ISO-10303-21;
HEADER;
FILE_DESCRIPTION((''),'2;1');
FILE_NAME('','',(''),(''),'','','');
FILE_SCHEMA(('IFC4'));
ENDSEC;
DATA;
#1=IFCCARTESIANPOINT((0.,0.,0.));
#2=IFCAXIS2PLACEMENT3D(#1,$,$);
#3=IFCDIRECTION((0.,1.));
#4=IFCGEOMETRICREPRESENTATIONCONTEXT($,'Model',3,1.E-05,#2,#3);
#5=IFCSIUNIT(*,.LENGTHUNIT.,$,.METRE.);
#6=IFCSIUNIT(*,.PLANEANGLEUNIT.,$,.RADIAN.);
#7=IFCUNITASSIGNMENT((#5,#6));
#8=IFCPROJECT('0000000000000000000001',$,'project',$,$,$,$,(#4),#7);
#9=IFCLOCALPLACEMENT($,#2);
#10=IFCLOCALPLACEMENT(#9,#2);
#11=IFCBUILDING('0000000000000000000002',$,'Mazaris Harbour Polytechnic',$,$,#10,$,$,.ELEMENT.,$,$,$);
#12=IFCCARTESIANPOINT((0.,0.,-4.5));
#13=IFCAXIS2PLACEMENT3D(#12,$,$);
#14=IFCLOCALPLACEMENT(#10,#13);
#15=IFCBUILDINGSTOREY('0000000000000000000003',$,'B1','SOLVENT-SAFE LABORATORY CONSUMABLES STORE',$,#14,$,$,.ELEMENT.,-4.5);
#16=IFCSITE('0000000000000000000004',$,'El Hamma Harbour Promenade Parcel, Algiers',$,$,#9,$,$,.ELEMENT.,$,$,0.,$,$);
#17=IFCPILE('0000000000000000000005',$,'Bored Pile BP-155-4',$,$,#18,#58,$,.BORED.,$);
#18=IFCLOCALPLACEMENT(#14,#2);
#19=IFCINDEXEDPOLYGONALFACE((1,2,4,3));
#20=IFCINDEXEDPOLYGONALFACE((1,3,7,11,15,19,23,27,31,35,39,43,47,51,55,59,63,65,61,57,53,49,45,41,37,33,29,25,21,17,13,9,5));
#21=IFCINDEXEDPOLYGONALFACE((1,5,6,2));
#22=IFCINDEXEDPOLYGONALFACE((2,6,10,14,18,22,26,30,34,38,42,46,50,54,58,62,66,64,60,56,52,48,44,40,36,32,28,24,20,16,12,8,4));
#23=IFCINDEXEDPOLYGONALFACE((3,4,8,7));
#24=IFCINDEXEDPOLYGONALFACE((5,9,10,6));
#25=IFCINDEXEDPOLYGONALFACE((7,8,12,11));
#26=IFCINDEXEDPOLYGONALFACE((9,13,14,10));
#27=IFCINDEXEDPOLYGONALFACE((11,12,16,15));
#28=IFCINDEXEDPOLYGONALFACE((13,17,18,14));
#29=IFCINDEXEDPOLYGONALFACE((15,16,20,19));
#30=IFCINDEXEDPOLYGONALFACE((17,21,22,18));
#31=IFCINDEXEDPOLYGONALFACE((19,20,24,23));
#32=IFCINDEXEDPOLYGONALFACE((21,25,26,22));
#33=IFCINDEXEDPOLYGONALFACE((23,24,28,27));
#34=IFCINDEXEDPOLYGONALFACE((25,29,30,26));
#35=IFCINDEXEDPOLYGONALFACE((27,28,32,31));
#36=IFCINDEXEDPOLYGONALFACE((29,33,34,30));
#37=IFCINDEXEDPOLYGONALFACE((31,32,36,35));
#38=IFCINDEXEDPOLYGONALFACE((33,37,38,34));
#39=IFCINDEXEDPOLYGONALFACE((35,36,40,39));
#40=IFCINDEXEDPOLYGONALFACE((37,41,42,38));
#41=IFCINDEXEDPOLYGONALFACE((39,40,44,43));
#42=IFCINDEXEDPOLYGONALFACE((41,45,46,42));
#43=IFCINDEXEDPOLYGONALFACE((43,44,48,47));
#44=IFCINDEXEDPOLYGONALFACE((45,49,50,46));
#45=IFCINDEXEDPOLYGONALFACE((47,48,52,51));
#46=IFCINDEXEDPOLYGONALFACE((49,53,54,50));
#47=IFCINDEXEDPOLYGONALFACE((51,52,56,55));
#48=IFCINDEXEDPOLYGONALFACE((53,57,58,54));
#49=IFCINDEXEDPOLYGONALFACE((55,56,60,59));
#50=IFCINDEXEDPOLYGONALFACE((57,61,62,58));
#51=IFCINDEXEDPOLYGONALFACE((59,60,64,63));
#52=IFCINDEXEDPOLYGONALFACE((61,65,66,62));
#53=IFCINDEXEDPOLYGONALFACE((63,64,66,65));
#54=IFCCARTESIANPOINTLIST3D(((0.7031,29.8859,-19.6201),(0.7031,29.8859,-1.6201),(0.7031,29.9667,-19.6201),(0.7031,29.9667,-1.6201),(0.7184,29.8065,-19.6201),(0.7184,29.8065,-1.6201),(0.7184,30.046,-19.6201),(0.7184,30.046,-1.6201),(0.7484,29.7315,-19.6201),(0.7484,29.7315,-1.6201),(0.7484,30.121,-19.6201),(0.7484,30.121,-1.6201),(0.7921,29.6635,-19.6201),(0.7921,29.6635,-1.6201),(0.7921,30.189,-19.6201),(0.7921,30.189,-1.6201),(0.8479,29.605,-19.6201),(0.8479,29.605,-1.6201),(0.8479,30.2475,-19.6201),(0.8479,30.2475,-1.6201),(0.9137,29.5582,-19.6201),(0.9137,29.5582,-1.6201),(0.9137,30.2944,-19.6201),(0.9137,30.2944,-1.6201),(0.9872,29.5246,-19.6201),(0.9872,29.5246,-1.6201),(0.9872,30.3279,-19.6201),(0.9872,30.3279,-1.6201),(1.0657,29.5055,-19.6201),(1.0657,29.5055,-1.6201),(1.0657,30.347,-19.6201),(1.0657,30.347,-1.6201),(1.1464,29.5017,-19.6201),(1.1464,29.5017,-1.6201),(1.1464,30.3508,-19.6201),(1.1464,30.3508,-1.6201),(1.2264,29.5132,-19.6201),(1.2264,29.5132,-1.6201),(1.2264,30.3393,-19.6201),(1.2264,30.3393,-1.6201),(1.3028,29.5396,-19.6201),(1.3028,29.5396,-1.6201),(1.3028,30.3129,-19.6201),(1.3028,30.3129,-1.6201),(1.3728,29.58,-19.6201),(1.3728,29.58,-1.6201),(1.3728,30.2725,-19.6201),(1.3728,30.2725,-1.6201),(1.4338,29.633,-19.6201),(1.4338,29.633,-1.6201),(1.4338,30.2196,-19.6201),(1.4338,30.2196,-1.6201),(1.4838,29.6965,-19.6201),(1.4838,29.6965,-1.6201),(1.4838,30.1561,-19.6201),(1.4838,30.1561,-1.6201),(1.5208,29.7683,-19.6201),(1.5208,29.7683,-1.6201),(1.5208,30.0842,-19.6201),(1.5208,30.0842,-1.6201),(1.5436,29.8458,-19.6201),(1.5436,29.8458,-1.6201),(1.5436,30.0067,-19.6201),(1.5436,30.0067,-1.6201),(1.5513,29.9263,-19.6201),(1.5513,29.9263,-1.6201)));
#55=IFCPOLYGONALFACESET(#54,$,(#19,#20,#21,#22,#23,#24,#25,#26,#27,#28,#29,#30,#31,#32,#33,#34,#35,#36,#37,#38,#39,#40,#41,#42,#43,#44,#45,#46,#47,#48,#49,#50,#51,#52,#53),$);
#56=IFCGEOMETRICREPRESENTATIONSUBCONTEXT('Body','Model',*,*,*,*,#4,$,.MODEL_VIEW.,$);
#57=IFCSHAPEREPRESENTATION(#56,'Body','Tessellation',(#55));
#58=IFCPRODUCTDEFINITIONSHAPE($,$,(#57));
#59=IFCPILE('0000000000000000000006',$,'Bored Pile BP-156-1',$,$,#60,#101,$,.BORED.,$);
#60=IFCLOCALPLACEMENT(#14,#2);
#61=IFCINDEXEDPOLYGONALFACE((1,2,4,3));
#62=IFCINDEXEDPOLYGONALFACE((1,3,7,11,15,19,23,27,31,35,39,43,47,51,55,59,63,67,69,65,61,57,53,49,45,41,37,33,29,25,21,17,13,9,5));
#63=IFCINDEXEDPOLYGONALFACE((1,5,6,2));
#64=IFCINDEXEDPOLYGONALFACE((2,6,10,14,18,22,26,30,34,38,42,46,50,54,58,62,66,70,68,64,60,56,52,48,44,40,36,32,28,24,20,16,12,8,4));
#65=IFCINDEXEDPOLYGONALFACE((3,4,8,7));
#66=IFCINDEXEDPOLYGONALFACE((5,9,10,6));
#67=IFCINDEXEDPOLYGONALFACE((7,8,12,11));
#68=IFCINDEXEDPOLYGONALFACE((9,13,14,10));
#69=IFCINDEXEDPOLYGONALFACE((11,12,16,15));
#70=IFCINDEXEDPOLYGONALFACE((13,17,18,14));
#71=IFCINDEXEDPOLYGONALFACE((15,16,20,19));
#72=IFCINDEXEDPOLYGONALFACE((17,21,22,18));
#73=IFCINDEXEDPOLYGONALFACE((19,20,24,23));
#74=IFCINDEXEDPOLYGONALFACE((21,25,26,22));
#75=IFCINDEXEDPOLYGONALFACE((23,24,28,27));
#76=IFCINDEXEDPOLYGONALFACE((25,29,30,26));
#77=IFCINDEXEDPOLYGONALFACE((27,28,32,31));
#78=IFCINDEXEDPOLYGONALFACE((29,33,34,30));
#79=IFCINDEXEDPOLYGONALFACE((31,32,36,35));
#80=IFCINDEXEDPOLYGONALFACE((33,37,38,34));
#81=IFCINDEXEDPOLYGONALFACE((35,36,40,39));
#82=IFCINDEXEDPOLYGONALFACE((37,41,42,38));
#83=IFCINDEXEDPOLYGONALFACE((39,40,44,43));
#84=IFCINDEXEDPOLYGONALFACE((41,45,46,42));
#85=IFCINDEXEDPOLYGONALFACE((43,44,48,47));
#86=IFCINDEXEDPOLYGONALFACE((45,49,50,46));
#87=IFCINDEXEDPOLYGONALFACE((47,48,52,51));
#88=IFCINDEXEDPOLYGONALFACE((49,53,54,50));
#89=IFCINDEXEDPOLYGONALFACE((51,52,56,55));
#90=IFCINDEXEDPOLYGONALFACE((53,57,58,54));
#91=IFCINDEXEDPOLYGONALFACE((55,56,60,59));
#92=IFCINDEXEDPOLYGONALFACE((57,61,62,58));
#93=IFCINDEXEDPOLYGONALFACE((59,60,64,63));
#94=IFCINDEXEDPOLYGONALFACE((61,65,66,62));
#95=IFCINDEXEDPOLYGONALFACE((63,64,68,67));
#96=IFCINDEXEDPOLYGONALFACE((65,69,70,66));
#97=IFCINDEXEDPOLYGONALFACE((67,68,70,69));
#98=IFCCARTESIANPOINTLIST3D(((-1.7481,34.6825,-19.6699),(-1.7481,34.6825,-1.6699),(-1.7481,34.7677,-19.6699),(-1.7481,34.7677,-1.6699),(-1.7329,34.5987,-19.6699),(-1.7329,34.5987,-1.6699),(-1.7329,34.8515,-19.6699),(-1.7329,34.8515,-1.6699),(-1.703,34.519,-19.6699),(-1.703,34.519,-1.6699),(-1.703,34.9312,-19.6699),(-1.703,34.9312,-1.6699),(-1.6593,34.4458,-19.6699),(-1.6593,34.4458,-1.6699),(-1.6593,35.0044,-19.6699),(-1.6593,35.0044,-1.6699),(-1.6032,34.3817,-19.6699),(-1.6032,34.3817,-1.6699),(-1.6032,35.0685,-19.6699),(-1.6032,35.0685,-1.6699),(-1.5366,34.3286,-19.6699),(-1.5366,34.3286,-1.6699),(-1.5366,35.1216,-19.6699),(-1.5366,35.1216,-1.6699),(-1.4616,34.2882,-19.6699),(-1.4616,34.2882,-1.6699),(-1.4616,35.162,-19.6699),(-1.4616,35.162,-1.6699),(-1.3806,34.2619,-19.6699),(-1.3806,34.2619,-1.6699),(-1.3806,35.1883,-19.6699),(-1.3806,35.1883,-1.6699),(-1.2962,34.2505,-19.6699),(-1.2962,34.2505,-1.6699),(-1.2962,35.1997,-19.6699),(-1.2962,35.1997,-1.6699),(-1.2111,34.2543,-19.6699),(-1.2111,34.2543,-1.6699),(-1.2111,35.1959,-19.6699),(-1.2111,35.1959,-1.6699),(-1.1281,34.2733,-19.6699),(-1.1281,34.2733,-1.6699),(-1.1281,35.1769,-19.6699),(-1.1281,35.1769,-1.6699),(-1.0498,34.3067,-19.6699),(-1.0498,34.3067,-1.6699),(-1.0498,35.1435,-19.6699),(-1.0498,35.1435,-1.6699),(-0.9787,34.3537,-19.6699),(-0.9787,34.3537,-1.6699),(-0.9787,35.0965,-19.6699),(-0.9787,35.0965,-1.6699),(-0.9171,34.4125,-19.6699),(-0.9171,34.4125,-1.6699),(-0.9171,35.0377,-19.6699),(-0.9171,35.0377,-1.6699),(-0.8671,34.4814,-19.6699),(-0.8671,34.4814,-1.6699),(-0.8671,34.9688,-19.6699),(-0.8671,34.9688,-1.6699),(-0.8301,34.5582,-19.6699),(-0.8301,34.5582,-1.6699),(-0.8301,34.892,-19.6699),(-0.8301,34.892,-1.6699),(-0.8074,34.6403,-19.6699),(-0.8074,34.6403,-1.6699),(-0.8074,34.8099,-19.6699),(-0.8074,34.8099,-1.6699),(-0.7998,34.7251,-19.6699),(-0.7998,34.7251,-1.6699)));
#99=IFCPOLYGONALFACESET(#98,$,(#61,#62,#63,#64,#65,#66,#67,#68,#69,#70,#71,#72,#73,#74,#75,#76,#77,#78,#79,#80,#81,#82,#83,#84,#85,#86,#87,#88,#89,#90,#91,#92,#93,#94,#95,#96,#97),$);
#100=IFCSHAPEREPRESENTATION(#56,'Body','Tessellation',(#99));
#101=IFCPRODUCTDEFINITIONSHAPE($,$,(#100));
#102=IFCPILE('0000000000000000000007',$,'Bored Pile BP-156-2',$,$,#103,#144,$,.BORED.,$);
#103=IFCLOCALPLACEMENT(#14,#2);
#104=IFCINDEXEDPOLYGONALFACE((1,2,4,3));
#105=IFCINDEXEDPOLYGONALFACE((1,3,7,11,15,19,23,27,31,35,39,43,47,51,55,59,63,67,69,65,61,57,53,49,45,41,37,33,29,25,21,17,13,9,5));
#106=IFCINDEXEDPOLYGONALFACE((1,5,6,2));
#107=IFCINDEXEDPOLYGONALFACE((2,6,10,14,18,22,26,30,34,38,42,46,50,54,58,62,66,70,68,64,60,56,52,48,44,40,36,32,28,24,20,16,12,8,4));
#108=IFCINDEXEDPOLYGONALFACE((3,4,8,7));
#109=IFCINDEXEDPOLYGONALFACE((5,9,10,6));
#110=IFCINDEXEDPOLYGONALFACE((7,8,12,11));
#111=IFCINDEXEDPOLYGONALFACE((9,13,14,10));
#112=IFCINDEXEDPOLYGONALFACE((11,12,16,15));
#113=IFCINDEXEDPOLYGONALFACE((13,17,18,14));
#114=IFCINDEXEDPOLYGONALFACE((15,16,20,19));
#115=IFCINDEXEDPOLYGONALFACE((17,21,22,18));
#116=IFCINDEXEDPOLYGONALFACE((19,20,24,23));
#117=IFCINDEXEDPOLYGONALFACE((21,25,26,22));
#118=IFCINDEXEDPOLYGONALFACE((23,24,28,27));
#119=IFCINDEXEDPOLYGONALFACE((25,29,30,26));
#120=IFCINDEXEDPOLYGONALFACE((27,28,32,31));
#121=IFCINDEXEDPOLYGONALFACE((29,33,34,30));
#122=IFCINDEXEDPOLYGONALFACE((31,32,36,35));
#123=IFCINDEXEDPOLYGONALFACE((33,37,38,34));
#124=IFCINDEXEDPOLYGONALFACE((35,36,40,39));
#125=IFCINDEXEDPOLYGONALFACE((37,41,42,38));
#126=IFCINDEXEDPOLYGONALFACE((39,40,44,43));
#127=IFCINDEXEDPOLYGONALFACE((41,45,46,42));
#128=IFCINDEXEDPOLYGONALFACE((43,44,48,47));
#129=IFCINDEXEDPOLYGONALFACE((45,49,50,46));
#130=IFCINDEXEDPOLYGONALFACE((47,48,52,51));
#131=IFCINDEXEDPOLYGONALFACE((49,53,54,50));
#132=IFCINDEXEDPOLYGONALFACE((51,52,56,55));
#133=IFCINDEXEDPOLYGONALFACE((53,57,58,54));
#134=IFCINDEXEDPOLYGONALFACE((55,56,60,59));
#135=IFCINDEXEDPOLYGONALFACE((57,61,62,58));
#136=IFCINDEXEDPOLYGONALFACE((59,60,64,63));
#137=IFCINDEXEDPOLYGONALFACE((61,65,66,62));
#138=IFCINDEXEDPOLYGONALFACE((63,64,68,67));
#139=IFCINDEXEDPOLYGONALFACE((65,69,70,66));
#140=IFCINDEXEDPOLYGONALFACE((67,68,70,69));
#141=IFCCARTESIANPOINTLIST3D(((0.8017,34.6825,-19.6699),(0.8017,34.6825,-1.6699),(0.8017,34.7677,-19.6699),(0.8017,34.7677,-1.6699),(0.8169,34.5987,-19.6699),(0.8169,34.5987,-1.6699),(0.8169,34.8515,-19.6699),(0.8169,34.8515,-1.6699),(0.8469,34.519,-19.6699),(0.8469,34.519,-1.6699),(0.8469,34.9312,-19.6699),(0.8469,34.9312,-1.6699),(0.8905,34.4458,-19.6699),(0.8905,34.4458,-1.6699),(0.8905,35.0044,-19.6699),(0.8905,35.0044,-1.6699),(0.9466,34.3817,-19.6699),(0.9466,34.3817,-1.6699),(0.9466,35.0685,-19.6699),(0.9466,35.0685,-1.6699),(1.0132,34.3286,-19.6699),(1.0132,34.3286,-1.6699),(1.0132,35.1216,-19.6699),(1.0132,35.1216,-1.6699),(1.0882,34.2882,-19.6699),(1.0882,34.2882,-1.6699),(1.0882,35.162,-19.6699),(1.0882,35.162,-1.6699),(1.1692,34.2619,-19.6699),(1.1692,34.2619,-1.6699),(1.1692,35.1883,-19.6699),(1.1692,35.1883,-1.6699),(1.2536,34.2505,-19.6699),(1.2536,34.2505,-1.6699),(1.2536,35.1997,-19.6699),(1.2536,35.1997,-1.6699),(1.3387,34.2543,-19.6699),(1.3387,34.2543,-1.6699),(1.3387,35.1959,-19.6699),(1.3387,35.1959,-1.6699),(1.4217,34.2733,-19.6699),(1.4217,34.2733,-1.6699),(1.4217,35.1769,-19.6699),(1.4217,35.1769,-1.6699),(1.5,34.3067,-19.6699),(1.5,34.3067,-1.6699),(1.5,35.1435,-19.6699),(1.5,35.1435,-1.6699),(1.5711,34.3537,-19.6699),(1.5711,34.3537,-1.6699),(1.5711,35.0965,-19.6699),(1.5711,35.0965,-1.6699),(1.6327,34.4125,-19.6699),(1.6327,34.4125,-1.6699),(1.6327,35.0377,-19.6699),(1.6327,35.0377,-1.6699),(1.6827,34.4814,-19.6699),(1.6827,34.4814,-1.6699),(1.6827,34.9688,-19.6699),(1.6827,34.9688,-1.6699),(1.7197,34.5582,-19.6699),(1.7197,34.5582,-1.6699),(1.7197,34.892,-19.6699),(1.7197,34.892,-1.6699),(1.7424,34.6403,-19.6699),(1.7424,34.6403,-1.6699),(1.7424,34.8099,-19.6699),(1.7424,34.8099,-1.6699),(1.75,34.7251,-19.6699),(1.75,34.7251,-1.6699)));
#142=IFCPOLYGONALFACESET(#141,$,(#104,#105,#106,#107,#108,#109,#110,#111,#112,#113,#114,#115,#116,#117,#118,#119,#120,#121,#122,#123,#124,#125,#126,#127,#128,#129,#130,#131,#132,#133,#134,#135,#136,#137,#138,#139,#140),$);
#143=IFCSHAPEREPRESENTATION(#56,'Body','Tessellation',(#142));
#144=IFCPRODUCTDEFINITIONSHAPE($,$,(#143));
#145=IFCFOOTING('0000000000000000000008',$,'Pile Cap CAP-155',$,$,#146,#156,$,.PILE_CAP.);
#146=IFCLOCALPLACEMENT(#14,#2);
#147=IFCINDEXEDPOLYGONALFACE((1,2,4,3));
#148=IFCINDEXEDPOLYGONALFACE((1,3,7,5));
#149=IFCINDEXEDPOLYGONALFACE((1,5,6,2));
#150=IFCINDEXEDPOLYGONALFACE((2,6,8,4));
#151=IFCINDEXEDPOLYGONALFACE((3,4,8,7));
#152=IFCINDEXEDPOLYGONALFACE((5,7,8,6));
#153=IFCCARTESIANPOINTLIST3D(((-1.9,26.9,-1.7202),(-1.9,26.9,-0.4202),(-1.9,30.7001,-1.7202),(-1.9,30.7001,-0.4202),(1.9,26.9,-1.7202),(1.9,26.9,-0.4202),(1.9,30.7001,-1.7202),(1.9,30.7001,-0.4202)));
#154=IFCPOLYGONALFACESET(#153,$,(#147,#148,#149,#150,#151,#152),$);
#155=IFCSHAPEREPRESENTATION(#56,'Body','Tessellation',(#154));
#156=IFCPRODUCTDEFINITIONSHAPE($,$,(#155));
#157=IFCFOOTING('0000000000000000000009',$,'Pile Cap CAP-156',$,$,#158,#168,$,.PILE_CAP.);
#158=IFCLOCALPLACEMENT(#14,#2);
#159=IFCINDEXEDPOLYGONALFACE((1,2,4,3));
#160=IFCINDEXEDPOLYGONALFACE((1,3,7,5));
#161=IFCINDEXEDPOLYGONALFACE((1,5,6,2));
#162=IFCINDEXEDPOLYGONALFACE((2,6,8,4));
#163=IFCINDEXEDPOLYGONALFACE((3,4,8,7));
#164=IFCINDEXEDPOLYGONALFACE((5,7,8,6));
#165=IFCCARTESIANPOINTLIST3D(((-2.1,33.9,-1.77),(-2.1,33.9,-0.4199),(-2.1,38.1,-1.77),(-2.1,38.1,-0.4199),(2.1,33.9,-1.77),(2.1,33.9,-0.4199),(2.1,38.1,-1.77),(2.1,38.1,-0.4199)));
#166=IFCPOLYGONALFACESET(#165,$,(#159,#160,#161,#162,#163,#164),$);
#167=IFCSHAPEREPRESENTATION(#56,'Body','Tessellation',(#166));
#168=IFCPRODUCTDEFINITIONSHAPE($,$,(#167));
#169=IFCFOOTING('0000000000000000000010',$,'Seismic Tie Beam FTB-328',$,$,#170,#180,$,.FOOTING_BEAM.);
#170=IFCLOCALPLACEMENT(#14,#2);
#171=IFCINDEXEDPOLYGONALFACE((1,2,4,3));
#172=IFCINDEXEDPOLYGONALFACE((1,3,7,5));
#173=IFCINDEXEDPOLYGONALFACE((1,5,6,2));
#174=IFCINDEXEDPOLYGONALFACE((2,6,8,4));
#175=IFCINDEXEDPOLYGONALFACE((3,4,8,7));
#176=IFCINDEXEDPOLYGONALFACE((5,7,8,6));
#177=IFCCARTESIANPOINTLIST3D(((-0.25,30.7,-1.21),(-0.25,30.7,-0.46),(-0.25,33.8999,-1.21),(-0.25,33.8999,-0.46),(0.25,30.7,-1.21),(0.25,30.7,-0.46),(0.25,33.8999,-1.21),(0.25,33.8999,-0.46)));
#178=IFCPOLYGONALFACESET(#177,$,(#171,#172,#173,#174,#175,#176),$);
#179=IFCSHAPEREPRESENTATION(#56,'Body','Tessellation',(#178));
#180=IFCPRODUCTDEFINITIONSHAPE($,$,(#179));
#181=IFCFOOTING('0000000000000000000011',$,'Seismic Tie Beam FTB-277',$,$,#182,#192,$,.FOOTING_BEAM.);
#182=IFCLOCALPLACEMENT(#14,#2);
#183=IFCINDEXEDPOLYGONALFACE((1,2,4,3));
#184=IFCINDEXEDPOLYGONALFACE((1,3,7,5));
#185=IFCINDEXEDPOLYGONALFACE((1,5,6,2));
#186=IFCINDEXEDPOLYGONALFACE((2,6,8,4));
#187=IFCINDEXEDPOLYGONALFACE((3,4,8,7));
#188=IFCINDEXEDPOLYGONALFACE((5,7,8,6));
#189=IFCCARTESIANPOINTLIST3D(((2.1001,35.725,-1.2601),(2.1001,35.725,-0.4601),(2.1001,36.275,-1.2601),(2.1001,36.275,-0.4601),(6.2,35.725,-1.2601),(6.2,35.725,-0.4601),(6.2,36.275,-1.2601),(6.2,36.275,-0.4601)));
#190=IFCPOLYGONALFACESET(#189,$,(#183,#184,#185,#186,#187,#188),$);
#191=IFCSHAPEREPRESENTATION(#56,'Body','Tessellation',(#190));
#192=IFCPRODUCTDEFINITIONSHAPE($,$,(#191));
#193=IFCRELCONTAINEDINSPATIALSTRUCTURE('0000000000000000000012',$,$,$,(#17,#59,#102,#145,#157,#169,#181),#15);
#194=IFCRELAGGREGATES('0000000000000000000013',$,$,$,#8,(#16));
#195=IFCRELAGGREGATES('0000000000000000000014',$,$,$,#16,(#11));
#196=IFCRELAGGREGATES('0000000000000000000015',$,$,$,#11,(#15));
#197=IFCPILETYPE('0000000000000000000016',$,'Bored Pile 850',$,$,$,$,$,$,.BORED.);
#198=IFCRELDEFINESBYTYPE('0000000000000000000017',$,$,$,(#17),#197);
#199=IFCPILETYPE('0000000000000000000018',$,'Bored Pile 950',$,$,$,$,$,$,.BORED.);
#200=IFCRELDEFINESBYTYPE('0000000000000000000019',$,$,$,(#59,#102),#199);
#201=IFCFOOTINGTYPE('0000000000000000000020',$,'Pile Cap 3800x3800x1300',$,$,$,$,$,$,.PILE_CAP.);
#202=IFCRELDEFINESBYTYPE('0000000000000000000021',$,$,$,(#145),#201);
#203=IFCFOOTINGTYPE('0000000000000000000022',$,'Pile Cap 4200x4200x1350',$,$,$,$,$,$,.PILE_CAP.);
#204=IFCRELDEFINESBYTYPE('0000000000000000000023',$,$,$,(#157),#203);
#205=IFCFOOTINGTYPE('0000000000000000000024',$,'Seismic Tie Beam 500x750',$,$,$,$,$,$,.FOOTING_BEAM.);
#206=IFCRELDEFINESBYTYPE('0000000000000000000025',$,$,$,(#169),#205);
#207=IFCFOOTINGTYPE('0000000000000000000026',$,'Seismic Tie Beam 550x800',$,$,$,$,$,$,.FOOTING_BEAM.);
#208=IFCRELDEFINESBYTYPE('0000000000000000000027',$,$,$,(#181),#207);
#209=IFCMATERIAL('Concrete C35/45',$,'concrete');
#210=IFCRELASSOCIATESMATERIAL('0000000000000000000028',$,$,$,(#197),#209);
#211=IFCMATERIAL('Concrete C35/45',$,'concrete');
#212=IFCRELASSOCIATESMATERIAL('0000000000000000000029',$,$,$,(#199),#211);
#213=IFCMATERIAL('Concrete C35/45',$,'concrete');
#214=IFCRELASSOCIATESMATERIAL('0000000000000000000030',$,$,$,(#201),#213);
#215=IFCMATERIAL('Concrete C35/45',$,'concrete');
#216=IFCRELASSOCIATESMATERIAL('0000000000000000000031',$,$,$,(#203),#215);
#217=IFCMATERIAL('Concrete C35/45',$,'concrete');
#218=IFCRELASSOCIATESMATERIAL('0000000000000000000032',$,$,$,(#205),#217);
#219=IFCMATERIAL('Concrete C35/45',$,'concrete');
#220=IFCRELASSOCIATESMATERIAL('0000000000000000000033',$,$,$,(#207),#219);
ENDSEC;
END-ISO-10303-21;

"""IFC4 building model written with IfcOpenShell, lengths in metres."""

from ifc_helpers import new_model, si_unit, direction, frame, origin, origin_2d, place, context, subcontext, project, spatial, rectangle, circle, extrude, material, material_profile, profile_set, type_object, element, save


model = new_model("IFC4")

# Units and contexts
model_context = context("Model", 3, precision=1e-05, world=origin(), true_north=direction((0.0, 1.0)))
body_context = subcontext(model_context, "Body", "Model", "MODEL_VIEW")
ifc_project = project(units=[si_unit("LENGTHUNIT", "METRE"), si_unit("PLANEANGLEUNIT", "RADIAN")], contexts=[model_context])

# Site, building, storey
site_placement = place(None, origin())
site = spatial("IfcSite", under=ifc_project, at=site_placement, Name="El Hamma Harbour Promenade Parcel, Algiers", CompositionType="ELEMENT", RefElevation=0.0)
building_placement = place(site_placement, origin())
building = spatial("IfcBuilding", under=site, at=building_placement, Name="Mazaris Harbour Polytechnic", CompositionType="ELEMENT")
storey_placement = place(building_placement, frame((0.0, 0.0, -4.5)))
storey = spatial("IfcBuildingStorey", under=building, at=storey_placement, Name="B1", Description="SOLVENT-SAFE LABORATORY CONSUMABLES STORE", CompositionType="ELEMENT", Elevation=-4.5)

# Piles
ifc_material_1 = material(Name="Concrete C35/45", Category="concrete")
ifc_material_profile_1 = material_profile(ifc_material_1, circle(Radius=0.425, at=origin_2d()), Name="DIA850")
ifc_profile_set_1 = profile_set([ifc_material_profile_1], Name="Concrete C35/45")
pile_type_1 = type_object("IfcPileType", Name="Bored Pile 850", PredefinedType="BORED", material=ifc_profile_set_1)
for number, where, z_axis, x_axis, name in (
    (1, (1.1262, 29.9263, -1.6201), (0.0, 0.0, -1.0), (1.0, 0.0, 0.0), "Bored Pile BP-155-4"),
):
    element("IfcPile", number, at=place(storey_placement, frame(where, z_axis=z_axis, x_axis=x_axis)), inside=storey, type_object=pile_type_1, Name=name, PredefinedType="BORED", context=body_context, shape_type="SweptSolid", body=[
        extrude(circle(Radius=0.425, at=origin_2d()), origin(), (0.0, 0.0, 1.0), 18.0),
    ])
ifc_material_2 = material(Name="Concrete C35/45", Category="concrete")
ifc_material_profile_2 = material_profile(ifc_material_2, circle(Radius=0.4751, at=origin_2d()), Name="DIA950")
ifc_profile_set_2 = profile_set([ifc_material_profile_2], Name="Concrete C35/45")
pile_type_2 = type_object("IfcPileType", Name="Bored Pile 950", PredefinedType="BORED", material=ifc_profile_set_2)
for number, where, z_axis, x_axis, name in (
    (2, (-1.2749, 34.7251, -1.6699), (0.0, 0.0, -1.0), (1.0, 0.0, 0.0), "Bored Pile BP-156-1"),
    (3, (1.2749, 34.7251, -1.6699), (0.0, 0.0, -1.0), (1.0, 0.0, 0.0), "Bored Pile BP-156-2"),
):
    element("IfcPile", number, at=place(storey_placement, frame(where, z_axis=z_axis, x_axis=x_axis)), inside=storey, type_object=pile_type_2, Name=name, PredefinedType="BORED", context=body_context, shape_type="SweptSolid", body=[
        extrude(circle(Radius=0.4751, at=origin_2d()), origin(), (0.0, 0.0, 1.0), 18.0),
    ])

# Footings
ifc_material_3 = material(Name="Concrete C35/45", Category="concrete")
footing_type_1 = type_object("IfcFootingType", Name="Pile Cap 3800x3800x1300", PredefinedType="PILE_CAP", material=ifc_material_3)
footing_1_placement = place(storey_placement, frame((0.0, 28.8, -1.7202), z_axis=(0.0, 0.0, 1.0), x_axis=(1.0, 0.0, 0.0)))
element("IfcFooting", 4, at=footing_1_placement, inside=storey, type_object=footing_type_1, Name="Pile Cap CAP-155", PredefinedType="PILE_CAP", context=body_context, shape_type="SweptSolid", body=[
    extrude(rectangle(XDim=3.8, YDim=3.8, at=origin_2d()), origin(), (0.0, 0.0, 1.0), 1.3),
])
ifc_material_4 = material(Name="Concrete C35/45", Category="concrete")
footing_type_2 = type_object("IfcFootingType", Name="Pile Cap 4200x4200x1350", PredefinedType="PILE_CAP", material=ifc_material_4)
footing_2_placement = place(storey_placement, frame((0.0, 36.0, -1.77), z_axis=(0.0, 0.0, 1.0), x_axis=(1.0, 0.0, 0.0)))
element("IfcFooting", 5, at=footing_2_placement, inside=storey, type_object=footing_type_2, Name="Pile Cap CAP-156", PredefinedType="PILE_CAP", context=body_context, shape_type="SweptSolid", body=[
    extrude(rectangle(XDim=4.2, YDim=4.2, at=origin_2d()), origin(), (0.0, 0.0, 1.0), 1.3501),
])
ifc_material_5 = material(Name="Concrete C35/45", Category="concrete")
ifc_material_profile_3 = material_profile(ifc_material_5, rectangle(XDim=0.5, YDim=0.75, at=origin_2d()), Name="RECT500x750")
ifc_profile_set_3 = profile_set([ifc_material_profile_3], Name="Concrete C35/45")
footing_type_3 = type_object("IfcFootingType", Name="Seismic Tie Beam 500x750", PredefinedType="FOOTING_BEAM", material=ifc_profile_set_3)
footing_3_placement = place(storey_placement, frame((0.0, 30.7, -0.835), z_axis=(0.0, 1.0, 0.0), x_axis=(-1.0, 0.0, 0.0)))
element("IfcFooting", 6, at=footing_3_placement, inside=storey, type_object=footing_type_3, Name="Seismic Tie Beam FTB-328", PredefinedType="FOOTING_BEAM", context=body_context, shape_type="SweptSolid", body=[
    extrude(rectangle(XDim=0.5, YDim=0.75, at=origin_2d()), origin(), (0.0, 0.0, 1.0), 3.2),
])
ifc_material_6 = material(Name="Concrete C35/45", Category="concrete")
ifc_material_profile_4 = material_profile(ifc_material_6, rectangle(XDim=0.55, YDim=0.8, at=origin_2d()), Name="RECT550x800")
ifc_profile_set_4 = profile_set([ifc_material_profile_4], Name="Concrete C35/45")
footing_type_4 = type_object("IfcFootingType", Name="Seismic Tie Beam 550x800", PredefinedType="FOOTING_BEAM", material=ifc_profile_set_4)
footing_4_placement = place(storey_placement, frame((2.1001, 36.0, -0.8601), z_axis=(1.0, 0.0, 0.0), x_axis=(0.0, 1.0, 0.0)))
element("IfcFooting", 7, at=footing_4_placement, inside=storey, type_object=footing_type_4, Name="Seismic Tie Beam FTB-277", PredefinedType="FOOTING_BEAM", context=body_context, shape_type="SweptSolid", body=[
    extrude(rectangle(XDim=0.55, YDim=0.8, at=origin_2d()), origin(), (0.0, 0.0, 1.0), 4.0999),
])

save(model, "model.ifc")
